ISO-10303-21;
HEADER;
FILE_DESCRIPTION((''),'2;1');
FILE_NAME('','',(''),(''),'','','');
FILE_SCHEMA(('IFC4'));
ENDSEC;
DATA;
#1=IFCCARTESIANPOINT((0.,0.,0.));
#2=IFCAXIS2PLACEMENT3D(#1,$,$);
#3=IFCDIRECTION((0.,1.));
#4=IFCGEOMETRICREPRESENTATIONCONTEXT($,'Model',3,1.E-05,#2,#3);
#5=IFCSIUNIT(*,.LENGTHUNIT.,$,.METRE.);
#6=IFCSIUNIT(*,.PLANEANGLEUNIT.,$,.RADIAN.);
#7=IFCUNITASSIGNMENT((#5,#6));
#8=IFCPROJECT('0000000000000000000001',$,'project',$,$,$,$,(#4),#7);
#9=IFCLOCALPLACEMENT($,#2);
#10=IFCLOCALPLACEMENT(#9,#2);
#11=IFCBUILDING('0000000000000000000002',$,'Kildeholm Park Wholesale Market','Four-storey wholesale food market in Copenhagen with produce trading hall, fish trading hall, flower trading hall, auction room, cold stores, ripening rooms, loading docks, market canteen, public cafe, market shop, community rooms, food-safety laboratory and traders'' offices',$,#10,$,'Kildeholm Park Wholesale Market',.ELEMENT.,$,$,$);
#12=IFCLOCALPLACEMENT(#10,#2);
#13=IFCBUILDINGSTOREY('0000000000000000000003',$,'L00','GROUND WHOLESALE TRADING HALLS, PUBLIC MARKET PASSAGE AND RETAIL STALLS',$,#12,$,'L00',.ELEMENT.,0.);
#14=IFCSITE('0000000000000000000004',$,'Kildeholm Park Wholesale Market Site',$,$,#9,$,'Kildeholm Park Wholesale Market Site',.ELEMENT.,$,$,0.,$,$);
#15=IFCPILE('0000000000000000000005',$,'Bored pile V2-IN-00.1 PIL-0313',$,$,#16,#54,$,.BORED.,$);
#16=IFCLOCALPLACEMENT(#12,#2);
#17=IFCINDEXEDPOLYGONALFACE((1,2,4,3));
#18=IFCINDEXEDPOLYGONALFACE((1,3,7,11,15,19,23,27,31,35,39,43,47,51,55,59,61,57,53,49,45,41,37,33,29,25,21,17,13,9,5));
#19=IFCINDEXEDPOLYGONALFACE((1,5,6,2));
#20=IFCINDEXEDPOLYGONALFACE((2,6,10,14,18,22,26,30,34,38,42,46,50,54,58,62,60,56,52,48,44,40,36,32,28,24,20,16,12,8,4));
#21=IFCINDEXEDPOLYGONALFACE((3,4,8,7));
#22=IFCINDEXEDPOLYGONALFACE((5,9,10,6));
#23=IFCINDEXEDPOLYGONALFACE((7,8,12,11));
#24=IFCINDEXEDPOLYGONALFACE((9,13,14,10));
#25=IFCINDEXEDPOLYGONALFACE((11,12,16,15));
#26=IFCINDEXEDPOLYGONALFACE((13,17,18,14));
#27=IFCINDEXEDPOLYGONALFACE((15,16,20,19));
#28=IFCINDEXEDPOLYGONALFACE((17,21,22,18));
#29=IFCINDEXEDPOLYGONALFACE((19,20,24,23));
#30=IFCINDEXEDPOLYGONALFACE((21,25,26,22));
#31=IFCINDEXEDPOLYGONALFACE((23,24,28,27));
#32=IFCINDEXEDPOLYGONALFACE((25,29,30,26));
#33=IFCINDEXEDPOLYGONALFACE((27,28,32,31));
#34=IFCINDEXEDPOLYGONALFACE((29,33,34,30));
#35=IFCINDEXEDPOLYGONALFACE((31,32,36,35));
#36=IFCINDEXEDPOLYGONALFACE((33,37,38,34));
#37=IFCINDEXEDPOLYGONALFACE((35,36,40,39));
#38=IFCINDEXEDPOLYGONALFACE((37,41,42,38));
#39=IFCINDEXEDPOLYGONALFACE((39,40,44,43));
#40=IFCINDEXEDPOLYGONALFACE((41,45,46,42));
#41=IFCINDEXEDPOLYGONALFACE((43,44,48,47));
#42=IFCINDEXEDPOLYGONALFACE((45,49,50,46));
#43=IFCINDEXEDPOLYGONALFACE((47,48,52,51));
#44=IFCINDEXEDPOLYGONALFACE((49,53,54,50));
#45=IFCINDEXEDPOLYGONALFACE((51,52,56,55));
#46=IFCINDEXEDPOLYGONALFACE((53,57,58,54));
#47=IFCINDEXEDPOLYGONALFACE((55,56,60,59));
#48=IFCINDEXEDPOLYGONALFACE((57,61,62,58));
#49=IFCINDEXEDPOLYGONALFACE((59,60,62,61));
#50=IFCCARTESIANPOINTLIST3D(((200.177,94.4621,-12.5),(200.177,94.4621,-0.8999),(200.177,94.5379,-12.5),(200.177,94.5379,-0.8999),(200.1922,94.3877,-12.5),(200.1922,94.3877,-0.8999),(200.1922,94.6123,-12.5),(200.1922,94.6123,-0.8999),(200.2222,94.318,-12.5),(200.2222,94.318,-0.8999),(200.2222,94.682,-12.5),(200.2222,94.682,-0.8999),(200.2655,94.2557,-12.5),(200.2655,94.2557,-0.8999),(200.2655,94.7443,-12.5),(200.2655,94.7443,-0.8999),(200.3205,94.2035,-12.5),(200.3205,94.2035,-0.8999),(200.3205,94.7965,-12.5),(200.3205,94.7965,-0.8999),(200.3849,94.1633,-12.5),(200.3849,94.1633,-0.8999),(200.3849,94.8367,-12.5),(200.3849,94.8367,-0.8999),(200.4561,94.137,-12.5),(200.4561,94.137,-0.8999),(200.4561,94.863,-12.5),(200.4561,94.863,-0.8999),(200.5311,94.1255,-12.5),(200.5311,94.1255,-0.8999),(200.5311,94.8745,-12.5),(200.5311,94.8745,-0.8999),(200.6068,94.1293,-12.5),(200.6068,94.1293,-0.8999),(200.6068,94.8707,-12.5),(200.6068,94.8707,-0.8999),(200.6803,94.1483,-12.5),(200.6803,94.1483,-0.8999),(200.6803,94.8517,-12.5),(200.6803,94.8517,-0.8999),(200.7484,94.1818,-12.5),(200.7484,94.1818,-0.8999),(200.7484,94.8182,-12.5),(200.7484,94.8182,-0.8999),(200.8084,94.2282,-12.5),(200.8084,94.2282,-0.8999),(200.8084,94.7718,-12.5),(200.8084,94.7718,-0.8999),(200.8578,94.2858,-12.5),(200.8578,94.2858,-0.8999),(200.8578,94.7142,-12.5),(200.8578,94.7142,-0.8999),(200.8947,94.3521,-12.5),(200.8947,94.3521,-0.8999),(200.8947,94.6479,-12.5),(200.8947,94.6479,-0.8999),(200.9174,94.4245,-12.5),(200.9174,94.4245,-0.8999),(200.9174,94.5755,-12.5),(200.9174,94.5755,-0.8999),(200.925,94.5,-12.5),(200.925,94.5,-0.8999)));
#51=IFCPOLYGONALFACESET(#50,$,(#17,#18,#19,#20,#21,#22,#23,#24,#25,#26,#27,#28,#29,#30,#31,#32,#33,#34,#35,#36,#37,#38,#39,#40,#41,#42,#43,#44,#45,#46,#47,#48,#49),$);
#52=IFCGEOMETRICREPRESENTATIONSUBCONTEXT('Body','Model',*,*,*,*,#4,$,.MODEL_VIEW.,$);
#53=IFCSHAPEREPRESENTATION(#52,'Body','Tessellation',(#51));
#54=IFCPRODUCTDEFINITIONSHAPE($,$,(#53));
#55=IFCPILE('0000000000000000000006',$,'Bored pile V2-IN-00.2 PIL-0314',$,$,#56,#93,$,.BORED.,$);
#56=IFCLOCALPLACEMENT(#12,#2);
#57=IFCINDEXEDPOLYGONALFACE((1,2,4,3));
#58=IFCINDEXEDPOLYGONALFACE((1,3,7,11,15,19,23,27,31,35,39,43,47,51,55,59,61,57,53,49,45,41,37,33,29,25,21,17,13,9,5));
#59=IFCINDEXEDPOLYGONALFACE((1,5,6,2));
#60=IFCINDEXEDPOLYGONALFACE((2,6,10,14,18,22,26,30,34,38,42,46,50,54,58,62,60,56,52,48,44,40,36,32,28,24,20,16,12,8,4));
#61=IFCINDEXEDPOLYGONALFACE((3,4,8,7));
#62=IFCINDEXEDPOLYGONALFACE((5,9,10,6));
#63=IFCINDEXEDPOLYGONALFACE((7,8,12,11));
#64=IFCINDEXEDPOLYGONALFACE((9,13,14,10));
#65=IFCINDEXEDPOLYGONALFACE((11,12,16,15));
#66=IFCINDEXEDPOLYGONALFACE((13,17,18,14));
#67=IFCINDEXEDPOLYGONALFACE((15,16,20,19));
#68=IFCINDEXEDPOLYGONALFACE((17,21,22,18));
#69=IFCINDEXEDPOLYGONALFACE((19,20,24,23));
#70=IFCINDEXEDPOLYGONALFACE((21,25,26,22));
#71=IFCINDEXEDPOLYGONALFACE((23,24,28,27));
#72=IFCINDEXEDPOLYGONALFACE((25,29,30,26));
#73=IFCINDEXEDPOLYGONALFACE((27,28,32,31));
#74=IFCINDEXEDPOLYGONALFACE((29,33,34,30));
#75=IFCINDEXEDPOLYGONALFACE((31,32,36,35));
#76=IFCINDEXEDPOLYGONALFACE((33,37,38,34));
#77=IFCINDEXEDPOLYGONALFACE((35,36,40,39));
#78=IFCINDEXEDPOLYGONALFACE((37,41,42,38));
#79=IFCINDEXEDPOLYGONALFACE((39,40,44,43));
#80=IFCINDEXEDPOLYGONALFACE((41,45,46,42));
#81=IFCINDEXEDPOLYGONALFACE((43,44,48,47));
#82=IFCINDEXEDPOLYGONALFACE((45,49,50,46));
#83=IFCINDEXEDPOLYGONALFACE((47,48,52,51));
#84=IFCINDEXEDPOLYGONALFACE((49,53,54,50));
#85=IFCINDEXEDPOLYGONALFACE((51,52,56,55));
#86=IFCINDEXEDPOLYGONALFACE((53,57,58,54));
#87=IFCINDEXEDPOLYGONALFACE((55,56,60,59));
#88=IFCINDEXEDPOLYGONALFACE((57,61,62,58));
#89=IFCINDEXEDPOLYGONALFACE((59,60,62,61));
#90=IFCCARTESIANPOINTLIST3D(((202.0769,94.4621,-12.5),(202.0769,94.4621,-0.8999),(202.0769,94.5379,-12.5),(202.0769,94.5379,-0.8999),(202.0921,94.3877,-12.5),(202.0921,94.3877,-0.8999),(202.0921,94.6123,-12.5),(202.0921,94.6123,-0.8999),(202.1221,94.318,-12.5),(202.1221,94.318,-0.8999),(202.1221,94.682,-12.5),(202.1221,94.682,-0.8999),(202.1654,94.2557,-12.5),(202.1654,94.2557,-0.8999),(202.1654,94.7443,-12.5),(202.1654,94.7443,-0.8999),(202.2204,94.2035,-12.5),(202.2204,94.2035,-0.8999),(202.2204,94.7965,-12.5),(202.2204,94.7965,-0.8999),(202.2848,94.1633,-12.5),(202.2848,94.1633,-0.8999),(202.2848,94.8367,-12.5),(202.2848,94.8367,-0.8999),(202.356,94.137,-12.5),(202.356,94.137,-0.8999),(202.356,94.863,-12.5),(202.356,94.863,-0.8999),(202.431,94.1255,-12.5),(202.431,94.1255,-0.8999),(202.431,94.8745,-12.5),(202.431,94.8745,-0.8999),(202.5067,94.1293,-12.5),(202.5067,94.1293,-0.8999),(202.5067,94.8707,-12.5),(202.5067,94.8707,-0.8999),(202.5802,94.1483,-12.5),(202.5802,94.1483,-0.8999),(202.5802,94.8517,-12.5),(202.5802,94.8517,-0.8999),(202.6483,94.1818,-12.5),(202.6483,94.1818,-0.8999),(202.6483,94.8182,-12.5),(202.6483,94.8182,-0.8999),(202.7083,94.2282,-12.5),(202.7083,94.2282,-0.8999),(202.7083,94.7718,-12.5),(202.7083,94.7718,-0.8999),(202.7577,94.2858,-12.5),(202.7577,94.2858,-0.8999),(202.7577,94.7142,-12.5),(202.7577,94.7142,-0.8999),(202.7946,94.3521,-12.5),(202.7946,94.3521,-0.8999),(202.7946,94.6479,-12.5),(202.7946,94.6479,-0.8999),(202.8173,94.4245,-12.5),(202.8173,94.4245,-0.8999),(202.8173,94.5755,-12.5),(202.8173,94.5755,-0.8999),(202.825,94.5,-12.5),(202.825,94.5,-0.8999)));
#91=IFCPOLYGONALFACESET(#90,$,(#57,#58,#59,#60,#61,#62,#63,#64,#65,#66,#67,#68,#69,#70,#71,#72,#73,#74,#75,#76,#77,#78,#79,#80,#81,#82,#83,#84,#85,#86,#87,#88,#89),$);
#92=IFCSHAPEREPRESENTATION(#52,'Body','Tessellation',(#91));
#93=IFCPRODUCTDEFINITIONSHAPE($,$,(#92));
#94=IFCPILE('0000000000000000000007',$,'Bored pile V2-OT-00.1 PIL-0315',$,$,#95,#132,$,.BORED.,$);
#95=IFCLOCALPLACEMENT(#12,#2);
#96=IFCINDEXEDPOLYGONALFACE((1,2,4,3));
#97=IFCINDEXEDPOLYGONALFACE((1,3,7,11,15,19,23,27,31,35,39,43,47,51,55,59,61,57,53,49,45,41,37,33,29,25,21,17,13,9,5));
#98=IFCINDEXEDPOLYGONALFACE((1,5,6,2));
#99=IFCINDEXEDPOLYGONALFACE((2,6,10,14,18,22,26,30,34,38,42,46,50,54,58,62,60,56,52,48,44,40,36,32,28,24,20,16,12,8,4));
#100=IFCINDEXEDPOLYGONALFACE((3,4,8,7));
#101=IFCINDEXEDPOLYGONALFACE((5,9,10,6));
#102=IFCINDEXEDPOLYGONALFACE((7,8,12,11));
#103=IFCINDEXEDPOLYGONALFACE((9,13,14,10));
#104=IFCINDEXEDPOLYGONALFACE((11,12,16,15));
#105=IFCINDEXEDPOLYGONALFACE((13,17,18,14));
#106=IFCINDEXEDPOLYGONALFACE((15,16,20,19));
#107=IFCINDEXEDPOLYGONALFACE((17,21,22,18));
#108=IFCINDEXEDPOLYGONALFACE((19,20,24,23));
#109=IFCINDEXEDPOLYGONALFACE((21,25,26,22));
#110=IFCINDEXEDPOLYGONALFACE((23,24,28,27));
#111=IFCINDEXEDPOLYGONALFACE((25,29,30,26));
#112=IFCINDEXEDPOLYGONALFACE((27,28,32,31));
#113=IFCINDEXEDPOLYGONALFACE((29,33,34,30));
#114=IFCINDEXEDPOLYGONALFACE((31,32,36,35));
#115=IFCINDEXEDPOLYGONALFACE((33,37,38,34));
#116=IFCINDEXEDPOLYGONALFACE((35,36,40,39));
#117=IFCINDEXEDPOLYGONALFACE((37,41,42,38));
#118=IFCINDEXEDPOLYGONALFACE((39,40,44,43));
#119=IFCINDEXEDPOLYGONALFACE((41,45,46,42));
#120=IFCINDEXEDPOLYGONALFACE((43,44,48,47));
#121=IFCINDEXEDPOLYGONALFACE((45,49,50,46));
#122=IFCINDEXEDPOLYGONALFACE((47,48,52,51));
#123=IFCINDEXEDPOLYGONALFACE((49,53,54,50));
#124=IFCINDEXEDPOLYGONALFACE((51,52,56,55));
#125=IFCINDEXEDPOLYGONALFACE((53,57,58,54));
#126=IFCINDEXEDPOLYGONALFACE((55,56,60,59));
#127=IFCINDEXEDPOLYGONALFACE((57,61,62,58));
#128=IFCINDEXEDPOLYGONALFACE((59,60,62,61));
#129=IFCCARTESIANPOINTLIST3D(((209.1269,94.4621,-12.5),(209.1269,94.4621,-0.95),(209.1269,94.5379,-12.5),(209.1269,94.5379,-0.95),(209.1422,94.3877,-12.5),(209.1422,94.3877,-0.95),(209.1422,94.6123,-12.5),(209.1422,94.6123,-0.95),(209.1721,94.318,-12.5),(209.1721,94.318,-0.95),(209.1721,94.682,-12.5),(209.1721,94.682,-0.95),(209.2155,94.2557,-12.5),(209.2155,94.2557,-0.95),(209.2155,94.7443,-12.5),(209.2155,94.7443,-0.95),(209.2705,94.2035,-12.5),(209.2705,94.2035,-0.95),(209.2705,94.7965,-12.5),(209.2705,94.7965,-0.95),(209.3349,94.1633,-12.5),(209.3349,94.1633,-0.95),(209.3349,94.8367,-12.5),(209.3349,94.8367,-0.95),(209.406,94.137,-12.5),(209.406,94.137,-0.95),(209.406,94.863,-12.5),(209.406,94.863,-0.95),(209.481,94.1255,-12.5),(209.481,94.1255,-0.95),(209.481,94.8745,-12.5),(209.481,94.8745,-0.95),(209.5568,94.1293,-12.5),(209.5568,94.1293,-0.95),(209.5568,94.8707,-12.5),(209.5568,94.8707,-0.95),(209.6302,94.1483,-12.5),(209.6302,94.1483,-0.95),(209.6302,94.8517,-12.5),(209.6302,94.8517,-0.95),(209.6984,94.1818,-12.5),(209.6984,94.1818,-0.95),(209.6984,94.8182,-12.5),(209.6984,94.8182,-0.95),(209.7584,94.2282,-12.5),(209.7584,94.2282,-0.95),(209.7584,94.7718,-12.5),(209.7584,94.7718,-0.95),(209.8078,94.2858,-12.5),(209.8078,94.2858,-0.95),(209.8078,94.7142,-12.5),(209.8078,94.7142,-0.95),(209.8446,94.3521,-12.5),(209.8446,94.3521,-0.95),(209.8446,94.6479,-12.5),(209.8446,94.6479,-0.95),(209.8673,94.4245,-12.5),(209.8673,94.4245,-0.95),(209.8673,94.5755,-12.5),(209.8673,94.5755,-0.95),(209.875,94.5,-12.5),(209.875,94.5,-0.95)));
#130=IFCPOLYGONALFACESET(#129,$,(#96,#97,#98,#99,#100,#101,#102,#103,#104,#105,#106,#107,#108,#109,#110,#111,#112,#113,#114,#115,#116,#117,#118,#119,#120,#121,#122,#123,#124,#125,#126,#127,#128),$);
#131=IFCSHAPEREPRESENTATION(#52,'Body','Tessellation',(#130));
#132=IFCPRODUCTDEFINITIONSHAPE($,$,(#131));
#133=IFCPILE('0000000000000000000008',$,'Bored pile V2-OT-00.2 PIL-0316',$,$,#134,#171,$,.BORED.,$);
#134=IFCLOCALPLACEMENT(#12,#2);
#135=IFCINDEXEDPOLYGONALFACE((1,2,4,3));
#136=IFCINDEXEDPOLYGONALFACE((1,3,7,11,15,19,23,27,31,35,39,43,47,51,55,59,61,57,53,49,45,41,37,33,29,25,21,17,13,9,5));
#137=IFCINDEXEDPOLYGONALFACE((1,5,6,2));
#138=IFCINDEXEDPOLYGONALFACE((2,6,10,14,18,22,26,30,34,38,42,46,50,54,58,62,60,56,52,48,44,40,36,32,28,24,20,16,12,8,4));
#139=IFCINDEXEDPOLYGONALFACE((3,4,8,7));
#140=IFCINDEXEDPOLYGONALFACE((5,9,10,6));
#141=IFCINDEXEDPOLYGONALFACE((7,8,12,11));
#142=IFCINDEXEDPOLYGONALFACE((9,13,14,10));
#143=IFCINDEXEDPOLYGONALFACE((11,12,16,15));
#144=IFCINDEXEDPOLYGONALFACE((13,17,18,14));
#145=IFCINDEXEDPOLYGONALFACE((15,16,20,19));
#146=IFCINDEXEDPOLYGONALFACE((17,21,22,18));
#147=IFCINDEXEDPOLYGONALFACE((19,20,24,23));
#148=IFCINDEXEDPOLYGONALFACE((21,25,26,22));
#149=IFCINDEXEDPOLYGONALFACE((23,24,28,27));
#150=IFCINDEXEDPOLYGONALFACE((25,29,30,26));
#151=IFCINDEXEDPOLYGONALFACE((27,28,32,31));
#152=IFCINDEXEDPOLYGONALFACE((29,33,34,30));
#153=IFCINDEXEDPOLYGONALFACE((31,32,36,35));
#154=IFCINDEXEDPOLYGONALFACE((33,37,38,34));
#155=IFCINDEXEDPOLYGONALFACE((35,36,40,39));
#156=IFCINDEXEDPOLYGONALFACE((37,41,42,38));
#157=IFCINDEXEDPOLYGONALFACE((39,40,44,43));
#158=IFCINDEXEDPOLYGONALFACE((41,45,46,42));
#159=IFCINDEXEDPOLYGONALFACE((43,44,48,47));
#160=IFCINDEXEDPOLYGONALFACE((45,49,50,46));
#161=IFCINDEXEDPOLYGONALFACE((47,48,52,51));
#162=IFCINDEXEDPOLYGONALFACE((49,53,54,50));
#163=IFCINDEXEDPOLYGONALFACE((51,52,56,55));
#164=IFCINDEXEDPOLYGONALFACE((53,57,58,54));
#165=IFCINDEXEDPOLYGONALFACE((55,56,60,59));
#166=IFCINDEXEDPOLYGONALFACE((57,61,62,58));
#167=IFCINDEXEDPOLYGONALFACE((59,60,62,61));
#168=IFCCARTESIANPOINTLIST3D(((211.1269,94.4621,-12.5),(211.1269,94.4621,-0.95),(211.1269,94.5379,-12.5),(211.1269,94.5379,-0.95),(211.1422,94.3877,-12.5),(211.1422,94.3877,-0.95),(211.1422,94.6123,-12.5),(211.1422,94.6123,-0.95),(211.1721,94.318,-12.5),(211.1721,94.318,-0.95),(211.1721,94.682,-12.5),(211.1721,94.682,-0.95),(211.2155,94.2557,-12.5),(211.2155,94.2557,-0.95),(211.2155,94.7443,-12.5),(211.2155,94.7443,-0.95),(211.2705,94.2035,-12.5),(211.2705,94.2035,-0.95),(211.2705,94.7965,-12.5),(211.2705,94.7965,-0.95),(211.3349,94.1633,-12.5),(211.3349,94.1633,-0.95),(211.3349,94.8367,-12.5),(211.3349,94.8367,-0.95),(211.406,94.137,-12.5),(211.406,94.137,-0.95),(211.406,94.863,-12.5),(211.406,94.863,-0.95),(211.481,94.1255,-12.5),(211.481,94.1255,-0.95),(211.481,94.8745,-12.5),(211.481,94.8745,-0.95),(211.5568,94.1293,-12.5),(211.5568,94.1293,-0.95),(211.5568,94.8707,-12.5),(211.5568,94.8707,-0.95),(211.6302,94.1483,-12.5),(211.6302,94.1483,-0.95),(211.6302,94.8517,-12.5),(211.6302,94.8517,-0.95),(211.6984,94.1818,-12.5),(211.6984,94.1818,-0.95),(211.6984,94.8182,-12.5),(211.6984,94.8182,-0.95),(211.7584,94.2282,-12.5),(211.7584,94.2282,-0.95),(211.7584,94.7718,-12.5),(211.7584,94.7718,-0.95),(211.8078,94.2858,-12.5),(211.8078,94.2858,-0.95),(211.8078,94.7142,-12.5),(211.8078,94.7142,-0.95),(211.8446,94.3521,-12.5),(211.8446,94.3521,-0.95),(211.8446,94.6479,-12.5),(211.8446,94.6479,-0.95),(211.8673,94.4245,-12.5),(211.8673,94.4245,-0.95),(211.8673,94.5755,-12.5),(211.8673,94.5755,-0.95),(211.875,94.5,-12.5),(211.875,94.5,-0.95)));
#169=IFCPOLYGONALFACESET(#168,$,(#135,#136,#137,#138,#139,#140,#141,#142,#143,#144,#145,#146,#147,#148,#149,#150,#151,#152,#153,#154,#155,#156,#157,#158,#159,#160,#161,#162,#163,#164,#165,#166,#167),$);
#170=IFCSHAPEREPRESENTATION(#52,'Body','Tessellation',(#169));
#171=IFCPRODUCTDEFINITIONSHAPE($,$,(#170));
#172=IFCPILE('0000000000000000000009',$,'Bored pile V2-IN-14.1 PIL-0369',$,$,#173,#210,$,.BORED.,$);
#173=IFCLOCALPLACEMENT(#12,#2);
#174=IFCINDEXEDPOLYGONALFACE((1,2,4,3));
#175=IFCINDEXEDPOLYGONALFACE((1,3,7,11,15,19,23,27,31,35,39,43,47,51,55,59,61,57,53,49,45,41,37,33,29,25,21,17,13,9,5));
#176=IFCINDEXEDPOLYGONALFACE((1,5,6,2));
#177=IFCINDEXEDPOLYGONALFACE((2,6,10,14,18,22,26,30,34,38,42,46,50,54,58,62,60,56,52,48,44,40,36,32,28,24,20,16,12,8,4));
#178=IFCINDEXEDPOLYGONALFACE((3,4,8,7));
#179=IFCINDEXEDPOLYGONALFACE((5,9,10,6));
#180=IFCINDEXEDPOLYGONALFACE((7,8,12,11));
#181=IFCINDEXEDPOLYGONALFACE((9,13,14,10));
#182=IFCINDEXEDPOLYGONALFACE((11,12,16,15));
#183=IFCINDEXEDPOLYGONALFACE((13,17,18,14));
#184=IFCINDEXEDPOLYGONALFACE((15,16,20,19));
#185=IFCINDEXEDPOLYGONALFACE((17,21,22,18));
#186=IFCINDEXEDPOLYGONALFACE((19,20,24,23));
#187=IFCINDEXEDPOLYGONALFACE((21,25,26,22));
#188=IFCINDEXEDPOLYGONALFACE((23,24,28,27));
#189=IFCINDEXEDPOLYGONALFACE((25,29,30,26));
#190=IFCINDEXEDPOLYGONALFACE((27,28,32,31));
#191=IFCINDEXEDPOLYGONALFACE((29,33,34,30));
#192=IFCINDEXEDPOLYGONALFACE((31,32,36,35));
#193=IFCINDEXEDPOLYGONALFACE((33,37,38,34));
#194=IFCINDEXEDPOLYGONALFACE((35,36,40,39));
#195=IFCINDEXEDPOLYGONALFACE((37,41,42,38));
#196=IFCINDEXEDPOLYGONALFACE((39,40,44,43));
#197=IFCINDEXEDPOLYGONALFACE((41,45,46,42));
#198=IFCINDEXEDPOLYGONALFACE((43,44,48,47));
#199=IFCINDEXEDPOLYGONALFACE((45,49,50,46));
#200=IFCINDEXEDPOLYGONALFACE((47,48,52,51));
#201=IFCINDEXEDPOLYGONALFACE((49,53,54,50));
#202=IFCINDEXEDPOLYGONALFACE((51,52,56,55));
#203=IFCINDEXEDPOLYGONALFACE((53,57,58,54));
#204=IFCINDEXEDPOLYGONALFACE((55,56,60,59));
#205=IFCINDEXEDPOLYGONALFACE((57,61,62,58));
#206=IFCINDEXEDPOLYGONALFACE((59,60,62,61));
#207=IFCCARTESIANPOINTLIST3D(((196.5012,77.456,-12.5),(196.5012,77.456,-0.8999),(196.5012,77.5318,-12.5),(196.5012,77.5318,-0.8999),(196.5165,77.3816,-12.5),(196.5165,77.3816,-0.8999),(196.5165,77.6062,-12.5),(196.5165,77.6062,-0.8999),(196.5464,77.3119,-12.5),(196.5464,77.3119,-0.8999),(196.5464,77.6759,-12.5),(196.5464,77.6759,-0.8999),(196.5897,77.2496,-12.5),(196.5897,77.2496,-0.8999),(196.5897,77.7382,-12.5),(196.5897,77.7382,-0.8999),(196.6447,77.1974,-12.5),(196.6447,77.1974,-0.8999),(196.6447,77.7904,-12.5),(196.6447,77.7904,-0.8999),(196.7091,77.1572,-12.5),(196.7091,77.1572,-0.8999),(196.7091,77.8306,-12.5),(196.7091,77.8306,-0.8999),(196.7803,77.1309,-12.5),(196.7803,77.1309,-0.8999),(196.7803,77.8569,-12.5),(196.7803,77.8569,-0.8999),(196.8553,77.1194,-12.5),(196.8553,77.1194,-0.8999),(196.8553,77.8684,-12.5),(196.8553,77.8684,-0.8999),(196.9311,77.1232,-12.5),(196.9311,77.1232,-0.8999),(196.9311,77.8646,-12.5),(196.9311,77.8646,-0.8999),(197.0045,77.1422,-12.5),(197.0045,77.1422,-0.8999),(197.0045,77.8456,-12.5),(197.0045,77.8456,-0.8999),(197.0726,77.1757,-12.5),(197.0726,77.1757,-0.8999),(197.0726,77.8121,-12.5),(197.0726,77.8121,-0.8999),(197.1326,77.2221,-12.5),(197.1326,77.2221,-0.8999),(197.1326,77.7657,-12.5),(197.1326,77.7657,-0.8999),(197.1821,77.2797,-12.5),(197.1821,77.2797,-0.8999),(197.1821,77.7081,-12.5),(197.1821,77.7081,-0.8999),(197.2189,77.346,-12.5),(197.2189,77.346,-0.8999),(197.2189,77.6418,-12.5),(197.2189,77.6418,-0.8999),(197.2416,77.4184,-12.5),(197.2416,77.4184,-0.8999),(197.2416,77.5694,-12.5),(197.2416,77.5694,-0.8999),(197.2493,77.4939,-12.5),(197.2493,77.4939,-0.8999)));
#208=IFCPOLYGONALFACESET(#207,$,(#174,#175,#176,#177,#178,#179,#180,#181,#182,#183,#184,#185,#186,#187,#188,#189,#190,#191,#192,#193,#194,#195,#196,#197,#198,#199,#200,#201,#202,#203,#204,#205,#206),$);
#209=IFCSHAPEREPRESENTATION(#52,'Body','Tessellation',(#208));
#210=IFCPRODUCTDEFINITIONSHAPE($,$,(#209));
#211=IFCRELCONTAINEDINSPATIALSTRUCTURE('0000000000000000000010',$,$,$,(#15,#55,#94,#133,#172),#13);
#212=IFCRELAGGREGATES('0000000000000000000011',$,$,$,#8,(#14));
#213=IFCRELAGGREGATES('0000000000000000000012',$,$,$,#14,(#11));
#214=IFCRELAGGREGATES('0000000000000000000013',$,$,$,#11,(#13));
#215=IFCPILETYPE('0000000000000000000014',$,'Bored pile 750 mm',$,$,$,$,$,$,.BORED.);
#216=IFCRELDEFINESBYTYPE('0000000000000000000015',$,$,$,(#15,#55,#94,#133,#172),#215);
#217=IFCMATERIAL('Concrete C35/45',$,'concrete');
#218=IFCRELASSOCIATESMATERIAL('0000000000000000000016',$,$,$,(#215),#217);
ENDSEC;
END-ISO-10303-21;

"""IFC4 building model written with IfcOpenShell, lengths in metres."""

from ifc_helpers import new_model, si_unit, direction, frame, origin, origin_2d, place, context, subcontext, project, spatial, circle, extrude, material, material_profile, profile_set, type_object, element, save


model = new_model("IFC4")

# Units and contexts
model_context = context("Model", 3, precision=1e-05, world=origin(), true_north=direction((0.0, 1.0)))
body_context = subcontext(model_context, "Body", "Model", "MODEL_VIEW")
ifc_project = project(units=[si_unit("LENGTHUNIT", "METRE"), si_unit("PLANEANGLEUNIT", "RADIAN")], contexts=[model_context])

# Site, building, storey
site_placement = place(None, origin())
site = spatial("IfcSite", under=ifc_project, at=site_placement, Name="Kildeholm Park Wholesale Market Site", LongName="Kildeholm Park Wholesale Market Site", CompositionType="ELEMENT", RefElevation=0.0)
building_placement = place(site_placement, origin())
building = spatial("IfcBuilding", under=site, at=building_placement, Name="Kildeholm Park Wholesale Market", Description="Four-storey wholesale food market in Copenhagen with produce trading hall, fish trading hall, flower trading hall, auction room, cold stores, ripening rooms, loading docks, market canteen, public cafe, market shop, community rooms, food-safety laboratory and traders' offices", LongName="Kildeholm Park Wholesale Market", CompositionType="ELEMENT")
storey_placement = place(building_placement, origin())
storey = spatial("IfcBuildingStorey", under=building, at=storey_placement, Name="L00", Description="GROUND WHOLESALE TRADING HALLS, PUBLIC MARKET PASSAGE AND RETAIL STALLS", LongName="L00", CompositionType="ELEMENT", Elevation=0.0)

# Piles
ifc_material_1 = material(Name="Concrete C35/45", Category="concrete")
ifc_material_profile_1 = material_profile(ifc_material_1, circle(Radius=0.375, at=origin_2d()), Name="PILE D750")
ifc_profile_set_1 = profile_set([ifc_material_profile_1], Name="Concrete C35/45")
pile_type = type_object("IfcPileType", Name="Bored pile 750 mm", PredefinedType="BORED", material=ifc_profile_set_1)
for number, where, z_axis, x_axis, name in (
    (1, (200.55, 94.5, -0.8999), (0.0, 0.0, -1.0), (1.0, 0.0, 0.0), "Bored pile V2-IN-00.1 PIL-0313"),
    (2, (202.45, 94.5, -0.8999), (0.0, 0.0, -1.0), (1.0, 0.0, 0.0), "Bored pile V2-IN-00.2 PIL-0314"),
):
    element("IfcPile", number, at=place(storey_placement, frame(where, z_axis=z_axis, x_axis=x_axis)), inside=storey, type_object=pile_type, Name=name, PredefinedType="BORED", context=body_context, shape_type="SweptSolid", body=[
        extrude(circle(Radius=0.375, at=origin_2d()), origin(), (0.0, 0.0, 1.0), 11.6001),
    ])
for number, where, z_axis, x_axis, name in (
    (3, (209.5, 94.5, -0.95), (0.0, 0.0, -1.0), (1.0, 0.0, 0.0), "Bored pile V2-OT-00.1 PIL-0315"),
    (4, (211.5, 94.5, -0.95), (0.0, 0.0, -1.0), (1.0, 0.0, 0.0), "Bored pile V2-OT-00.2 PIL-0316"),
):
    element("IfcPile", number, at=place(storey_placement, frame(where, z_axis=z_axis, x_axis=x_axis)), inside=storey, type_object=pile_type, Name=name, PredefinedType="BORED", context=body_context, shape_type="SweptSolid", body=[
        extrude(circle(Radius=0.375, at=origin_2d()), origin(), (0.0, 0.0, 1.0), 11.55),
    ])
for number, where, z_axis, x_axis, name in (
    (5, (196.8743, 77.4939, -0.8999), (0.0, 0.0, -1.0), (1.0, 0.0, 0.0), "Bored pile V2-IN-14.1 PIL-0369"),
):
    element("IfcPile", number, at=place(storey_placement, frame(where, z_axis=z_axis, x_axis=x_axis)), inside=storey, type_object=pile_type, Name=name, PredefinedType="BORED", context=body_context, shape_type="SweptSolid", body=[
        extrude(circle(Radius=0.375, at=origin_2d()), origin(), (0.0, 0.0, 1.0), 11.6001),
    ])

save(model, "model.ifc")
